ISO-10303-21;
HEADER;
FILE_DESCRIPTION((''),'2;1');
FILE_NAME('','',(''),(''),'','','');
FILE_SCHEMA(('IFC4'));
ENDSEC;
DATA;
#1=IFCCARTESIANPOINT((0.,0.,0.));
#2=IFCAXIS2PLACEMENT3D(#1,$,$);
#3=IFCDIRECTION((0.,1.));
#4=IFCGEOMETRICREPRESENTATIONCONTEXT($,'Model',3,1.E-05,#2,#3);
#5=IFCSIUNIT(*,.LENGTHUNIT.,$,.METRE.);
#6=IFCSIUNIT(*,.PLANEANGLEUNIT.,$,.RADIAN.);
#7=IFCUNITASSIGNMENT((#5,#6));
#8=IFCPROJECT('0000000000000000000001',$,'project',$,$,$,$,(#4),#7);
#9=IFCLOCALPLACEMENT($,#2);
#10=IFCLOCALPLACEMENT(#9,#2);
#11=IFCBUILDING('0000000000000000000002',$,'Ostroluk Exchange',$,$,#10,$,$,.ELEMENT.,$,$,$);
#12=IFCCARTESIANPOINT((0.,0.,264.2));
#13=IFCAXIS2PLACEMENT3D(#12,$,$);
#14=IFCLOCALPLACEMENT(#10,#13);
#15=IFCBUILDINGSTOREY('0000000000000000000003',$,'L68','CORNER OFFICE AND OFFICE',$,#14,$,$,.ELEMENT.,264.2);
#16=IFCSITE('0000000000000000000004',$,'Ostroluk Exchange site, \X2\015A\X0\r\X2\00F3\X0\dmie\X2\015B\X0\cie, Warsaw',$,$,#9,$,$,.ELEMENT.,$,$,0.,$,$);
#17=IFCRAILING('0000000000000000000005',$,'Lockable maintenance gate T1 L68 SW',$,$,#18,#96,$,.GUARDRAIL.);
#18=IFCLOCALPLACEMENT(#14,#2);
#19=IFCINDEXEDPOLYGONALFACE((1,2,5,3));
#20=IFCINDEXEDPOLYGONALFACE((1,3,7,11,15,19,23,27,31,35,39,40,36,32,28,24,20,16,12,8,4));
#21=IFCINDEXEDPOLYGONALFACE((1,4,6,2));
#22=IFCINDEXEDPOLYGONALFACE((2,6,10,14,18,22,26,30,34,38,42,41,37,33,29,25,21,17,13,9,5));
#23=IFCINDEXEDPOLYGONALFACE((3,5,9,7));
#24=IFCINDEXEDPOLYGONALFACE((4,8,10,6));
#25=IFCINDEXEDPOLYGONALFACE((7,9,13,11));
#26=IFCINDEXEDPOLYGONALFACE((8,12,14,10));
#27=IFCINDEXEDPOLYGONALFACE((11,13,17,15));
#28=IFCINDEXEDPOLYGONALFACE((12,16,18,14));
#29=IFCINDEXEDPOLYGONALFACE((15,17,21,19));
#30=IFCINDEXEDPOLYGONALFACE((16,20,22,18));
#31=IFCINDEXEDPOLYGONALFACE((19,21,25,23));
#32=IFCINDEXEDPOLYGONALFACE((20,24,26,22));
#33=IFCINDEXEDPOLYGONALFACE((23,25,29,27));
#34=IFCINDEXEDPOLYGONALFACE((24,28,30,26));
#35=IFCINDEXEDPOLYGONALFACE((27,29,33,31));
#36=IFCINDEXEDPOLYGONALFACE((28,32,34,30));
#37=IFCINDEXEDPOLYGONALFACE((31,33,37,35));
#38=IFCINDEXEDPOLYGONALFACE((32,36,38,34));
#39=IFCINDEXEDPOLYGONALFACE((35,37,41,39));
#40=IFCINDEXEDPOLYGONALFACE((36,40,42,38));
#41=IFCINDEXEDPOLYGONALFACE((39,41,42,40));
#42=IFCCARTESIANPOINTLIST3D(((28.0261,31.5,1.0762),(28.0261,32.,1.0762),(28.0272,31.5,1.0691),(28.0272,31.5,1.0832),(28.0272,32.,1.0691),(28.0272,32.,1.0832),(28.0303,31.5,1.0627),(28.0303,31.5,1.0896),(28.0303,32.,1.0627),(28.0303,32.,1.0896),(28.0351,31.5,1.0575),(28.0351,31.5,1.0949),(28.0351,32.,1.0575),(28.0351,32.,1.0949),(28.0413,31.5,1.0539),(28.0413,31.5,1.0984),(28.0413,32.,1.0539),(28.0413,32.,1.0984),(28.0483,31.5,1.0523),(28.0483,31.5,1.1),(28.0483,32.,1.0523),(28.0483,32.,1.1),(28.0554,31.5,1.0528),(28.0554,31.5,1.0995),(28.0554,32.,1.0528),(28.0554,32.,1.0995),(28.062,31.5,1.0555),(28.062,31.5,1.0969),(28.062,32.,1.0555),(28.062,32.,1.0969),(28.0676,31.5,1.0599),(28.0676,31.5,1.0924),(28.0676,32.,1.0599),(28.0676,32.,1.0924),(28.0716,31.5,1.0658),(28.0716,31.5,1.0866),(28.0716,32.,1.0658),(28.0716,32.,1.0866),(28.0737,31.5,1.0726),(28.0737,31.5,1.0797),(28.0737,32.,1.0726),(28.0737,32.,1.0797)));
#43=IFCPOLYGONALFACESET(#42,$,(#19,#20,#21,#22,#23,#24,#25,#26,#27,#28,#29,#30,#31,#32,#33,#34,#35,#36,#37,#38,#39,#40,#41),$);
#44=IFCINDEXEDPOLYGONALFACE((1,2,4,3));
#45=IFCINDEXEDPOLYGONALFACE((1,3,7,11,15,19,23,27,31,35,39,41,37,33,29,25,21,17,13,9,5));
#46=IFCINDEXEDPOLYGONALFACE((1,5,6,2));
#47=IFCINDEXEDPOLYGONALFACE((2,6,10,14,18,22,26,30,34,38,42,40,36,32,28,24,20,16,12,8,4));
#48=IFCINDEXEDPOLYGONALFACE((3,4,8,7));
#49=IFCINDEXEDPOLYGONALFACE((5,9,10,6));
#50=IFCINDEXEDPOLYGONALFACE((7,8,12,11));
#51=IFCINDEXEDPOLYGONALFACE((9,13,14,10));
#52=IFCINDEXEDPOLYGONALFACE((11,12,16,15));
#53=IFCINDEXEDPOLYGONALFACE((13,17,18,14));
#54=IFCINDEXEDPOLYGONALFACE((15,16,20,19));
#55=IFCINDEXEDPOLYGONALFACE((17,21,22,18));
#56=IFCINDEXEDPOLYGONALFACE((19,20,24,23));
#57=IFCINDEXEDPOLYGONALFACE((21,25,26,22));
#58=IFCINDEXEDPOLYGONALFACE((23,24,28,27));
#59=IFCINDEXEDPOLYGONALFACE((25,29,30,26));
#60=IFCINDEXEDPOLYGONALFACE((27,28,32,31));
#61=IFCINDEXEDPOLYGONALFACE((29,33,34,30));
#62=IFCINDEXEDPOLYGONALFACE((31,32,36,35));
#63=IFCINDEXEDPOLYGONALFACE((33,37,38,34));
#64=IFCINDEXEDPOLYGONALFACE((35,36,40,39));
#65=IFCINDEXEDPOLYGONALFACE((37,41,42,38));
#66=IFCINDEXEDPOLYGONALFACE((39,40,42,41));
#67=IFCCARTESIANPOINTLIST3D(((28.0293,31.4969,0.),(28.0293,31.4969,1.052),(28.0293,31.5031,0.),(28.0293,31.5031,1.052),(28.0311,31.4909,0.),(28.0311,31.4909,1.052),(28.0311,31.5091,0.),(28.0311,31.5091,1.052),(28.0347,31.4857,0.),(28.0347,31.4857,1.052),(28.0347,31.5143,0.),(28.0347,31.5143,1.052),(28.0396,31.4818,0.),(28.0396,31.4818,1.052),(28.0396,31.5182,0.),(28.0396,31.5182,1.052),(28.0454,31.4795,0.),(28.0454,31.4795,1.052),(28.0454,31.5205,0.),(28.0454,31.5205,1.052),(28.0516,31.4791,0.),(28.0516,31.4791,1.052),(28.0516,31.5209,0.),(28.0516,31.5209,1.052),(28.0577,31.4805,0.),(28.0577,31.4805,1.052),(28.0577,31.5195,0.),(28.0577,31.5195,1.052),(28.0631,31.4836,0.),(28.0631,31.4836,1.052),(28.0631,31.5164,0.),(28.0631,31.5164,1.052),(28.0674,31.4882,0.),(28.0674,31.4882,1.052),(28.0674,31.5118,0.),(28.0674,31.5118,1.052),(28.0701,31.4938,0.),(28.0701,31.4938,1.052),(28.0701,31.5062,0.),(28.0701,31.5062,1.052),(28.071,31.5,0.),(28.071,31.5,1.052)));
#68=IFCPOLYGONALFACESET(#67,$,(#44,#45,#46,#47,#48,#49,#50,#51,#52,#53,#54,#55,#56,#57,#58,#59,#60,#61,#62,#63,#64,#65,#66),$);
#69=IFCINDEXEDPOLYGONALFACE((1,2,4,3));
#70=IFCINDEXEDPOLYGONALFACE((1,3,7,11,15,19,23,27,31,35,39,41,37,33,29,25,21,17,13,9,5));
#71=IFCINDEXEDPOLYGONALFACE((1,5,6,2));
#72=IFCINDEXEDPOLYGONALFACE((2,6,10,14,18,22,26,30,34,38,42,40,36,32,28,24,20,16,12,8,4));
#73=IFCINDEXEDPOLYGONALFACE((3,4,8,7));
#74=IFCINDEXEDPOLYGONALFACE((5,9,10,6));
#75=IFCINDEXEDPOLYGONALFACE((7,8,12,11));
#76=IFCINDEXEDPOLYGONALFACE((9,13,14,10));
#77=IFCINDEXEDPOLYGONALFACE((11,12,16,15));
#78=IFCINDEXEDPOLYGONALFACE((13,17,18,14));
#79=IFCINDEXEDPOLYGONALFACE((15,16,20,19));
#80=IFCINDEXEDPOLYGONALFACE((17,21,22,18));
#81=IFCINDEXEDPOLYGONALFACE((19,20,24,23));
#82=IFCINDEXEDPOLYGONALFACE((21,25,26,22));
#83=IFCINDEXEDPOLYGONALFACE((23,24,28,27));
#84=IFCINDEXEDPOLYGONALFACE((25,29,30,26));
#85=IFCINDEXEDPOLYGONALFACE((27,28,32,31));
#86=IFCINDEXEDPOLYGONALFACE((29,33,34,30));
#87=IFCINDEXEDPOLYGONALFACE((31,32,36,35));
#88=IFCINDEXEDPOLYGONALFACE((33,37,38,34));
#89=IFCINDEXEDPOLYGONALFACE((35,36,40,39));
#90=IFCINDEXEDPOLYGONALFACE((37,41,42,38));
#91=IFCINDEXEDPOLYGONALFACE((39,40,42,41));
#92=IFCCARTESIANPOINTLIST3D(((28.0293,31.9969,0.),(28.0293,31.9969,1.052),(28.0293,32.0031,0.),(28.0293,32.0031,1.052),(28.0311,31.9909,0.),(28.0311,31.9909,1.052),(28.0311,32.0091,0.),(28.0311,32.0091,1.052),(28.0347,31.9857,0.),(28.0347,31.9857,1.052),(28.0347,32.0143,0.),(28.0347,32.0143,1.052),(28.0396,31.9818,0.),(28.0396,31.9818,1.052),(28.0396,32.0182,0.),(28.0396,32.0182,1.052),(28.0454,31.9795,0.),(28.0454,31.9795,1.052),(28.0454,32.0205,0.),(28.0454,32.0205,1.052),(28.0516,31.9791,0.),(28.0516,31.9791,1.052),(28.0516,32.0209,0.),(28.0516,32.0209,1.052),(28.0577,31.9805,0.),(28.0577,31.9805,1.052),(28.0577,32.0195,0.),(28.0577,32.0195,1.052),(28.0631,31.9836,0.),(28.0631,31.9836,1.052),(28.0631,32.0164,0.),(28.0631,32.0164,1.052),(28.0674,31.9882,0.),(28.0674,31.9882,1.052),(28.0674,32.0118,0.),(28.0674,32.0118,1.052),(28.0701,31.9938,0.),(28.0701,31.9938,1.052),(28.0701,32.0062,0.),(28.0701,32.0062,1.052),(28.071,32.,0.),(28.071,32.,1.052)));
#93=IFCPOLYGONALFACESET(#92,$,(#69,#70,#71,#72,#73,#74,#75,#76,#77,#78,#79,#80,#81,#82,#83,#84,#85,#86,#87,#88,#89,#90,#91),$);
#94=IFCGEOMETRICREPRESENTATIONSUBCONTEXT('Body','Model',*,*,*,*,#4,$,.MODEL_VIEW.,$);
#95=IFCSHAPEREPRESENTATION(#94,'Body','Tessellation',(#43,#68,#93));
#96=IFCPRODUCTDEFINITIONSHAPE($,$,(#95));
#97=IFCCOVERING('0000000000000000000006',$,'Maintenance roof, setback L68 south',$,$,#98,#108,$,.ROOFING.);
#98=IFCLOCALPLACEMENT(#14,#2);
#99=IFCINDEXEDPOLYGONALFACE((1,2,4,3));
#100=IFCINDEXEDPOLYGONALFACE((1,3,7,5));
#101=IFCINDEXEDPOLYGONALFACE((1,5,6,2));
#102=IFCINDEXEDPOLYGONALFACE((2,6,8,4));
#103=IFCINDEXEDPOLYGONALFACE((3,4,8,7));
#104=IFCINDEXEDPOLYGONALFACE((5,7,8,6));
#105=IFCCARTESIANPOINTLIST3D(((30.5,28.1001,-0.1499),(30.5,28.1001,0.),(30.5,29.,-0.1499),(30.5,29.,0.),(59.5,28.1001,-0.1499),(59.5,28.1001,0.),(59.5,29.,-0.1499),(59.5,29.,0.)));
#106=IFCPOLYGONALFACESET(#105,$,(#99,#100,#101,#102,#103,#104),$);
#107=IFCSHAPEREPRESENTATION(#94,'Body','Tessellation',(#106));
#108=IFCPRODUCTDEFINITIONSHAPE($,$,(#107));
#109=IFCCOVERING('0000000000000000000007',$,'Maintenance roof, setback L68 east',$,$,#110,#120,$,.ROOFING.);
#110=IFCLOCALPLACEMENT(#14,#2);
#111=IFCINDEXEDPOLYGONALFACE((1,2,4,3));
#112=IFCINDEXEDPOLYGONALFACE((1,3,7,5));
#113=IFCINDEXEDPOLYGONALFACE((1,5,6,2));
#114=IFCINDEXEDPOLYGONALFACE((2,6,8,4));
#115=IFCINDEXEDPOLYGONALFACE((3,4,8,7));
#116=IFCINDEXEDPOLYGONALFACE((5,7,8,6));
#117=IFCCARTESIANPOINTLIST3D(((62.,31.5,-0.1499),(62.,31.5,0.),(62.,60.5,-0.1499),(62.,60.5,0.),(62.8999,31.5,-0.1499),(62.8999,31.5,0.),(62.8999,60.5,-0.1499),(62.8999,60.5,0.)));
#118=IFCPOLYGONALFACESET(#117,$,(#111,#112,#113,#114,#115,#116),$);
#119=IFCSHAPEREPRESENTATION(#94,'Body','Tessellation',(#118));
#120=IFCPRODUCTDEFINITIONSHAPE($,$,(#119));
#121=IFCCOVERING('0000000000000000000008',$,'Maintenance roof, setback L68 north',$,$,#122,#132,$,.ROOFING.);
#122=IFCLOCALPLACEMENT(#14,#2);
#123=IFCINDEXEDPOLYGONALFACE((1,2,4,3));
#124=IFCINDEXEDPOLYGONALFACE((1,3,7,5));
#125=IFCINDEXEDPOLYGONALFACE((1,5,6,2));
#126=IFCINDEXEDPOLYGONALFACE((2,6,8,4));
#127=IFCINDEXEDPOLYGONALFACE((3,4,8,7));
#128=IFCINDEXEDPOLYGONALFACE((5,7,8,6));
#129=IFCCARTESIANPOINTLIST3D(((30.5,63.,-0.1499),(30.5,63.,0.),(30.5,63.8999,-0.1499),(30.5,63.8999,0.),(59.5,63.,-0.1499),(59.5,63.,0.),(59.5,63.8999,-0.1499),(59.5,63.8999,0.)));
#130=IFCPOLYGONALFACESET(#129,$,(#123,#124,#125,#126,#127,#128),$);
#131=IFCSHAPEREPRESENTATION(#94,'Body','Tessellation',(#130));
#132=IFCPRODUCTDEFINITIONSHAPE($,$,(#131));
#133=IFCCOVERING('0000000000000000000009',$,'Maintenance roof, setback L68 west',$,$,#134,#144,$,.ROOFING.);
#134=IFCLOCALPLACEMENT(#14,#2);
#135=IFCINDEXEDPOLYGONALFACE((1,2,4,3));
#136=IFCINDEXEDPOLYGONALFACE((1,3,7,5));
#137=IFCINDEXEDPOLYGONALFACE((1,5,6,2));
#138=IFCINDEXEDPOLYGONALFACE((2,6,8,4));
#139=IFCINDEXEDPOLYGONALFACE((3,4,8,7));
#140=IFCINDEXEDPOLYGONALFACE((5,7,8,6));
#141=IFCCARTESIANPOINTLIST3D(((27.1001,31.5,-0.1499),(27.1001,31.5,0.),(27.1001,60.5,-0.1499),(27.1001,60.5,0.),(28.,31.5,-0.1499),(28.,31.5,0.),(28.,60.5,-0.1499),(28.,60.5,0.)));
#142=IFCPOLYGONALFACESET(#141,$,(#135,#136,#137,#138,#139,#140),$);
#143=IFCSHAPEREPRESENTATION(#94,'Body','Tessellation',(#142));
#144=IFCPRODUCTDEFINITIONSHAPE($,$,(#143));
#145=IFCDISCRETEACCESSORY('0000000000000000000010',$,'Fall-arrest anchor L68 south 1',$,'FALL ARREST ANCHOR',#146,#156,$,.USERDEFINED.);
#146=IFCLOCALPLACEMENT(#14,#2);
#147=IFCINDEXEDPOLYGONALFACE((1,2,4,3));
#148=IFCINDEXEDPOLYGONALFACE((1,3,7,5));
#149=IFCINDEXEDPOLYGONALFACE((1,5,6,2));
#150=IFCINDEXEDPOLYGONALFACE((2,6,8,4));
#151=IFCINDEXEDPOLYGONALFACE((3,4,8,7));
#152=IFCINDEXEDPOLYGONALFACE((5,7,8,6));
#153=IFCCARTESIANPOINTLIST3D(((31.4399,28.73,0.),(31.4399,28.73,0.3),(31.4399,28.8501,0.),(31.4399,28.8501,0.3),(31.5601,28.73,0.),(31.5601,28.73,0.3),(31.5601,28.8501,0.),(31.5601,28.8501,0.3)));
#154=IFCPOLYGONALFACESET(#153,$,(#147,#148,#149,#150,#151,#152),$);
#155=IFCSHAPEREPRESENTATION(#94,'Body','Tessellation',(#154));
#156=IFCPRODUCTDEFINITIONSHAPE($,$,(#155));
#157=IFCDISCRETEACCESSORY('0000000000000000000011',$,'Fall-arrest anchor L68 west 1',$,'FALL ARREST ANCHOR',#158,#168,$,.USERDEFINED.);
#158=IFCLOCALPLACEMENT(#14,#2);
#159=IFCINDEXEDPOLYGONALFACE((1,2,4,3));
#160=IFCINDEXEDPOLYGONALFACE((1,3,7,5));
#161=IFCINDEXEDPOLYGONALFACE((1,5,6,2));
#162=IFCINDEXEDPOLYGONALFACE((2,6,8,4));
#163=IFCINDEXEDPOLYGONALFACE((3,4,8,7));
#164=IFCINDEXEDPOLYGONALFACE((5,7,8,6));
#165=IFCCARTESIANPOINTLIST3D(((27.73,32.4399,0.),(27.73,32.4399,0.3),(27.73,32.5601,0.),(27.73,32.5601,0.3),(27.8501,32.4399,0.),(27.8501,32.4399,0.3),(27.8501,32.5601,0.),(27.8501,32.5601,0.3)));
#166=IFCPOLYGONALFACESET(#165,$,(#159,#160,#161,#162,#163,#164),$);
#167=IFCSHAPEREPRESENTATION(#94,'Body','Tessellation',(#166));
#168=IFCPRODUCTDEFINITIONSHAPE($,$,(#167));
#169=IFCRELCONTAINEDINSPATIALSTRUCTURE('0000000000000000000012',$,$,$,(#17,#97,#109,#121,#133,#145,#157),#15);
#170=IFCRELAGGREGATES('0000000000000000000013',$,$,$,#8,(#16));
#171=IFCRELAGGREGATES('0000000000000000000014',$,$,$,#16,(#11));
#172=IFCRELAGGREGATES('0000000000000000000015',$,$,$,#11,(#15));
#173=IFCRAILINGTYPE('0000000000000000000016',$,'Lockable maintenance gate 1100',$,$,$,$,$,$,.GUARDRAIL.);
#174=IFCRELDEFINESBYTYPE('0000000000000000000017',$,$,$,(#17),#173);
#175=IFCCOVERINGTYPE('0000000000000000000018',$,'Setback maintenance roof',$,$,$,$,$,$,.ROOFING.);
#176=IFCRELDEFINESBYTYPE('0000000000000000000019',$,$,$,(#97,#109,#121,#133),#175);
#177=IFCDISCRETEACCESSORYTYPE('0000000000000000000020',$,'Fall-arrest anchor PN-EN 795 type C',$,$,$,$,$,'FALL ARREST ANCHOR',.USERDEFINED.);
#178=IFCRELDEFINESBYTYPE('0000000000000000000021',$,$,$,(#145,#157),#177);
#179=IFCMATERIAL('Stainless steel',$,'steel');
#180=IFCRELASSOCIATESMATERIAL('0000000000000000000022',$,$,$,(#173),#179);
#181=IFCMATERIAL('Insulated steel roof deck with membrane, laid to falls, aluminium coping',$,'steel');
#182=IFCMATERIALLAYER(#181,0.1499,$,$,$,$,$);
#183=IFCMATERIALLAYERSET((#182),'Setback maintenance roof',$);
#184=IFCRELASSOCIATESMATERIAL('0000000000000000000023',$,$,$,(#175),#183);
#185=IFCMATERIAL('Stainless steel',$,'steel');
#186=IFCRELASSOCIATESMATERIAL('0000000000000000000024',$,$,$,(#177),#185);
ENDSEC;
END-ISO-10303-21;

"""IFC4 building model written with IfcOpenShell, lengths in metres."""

from ifc_helpers import new_model, si_unit, direction, frame, origin, origin_2d, place, context, subcontext, project, spatial, polyline, rectangle, circle, outline, extrude, material, layer, layer_set, type_object, element, save


model = new_model("IFC4")

# Units and contexts
model_context = context("Model", 3, precision=1e-05, world=origin(), true_north=direction((0.0, 1.0)))
body_context = subcontext(model_context, "Body", "Model", "MODEL_VIEW")
ifc_project = project(units=[si_unit("LENGTHUNIT", "METRE"), si_unit("PLANEANGLEUNIT", "RADIAN")], contexts=[model_context])

# Site, building, storey
site_placement = place(None, origin())
site = spatial("IfcSite", under=ifc_project, at=site_placement, Name="Ostroluk Exchange site, Śródmieście, Warsaw", CompositionType="ELEMENT", RefElevation=0.0)
building_placement = place(site_placement, origin())
building = spatial("IfcBuilding", under=site, at=building_placement, Name="Ostroluk Exchange", CompositionType="ELEMENT")
storey_placement = place(building_placement, frame((0.0, 0.0, 264.2)))
storey = spatial("IfcBuildingStorey", under=building, at=storey_placement, Name="L68", Description="CORNER OFFICE AND OFFICE", CompositionType="ELEMENT", Elevation=264.2)

# Railing
ifc_material_1 = material(Name="Stainless steel", Category="steel")
railing_type_1 = type_object("IfcRailingType", Name="Lockable maintenance gate 1100", PredefinedType="GUARDRAIL", material=ifc_material_1)
railing_1_placement = place(storey_placement, frame((28.05, 31.5, 0.0)))
element("IfcRailing", 1, at=railing_1_placement, inside=storey, type_object=railing_type_1, Name="Lockable maintenance gate T1 L68 SW", PredefinedType="GUARDRAIL", context=body_context, shape_type="SweptSolid", body=[
    extrude(circle(Radius=0.0239, at=origin_2d()), frame((0.0, 0.0, 1.0762), z_axis=(0.0, 1.0, 0.0), x_axis=(-1.0, 0.0, 0.0)), (0.0, 0.0, 1.0), 0.5),
    extrude(circle(Radius=0.021, at=origin_2d()), origin(), (0.0, 0.0, 1.0), 1.052),
    extrude(circle(Radius=0.021, at=origin_2d()), frame((0.0, 0.5, 0.0)), (0.0, 0.0, 1.0), 1.052),
])

# Coverings
ifc_material_2 = material(Name="Insulated steel roof deck with membrane, laid to falls, aluminium coping", Category="steel")
ifc_layer_1 = layer(ifc_material_2, 0.1499)
ifc_layer_set_1 = layer_set([ifc_layer_1], Name="Setback maintenance roof")
covering_type = type_object("IfcCoveringType", Name="Setback maintenance roof", PredefinedType="ROOFING", material=ifc_layer_set_1)
covering_1_placement = place(storey_placement, frame((0.0, 0.0, -0.1499)))
element("IfcCovering", 2, at=covering_1_placement, inside=storey, type_object=covering_type, Name="Maintenance roof, setback L68 south", PredefinedType="ROOFING", context=body_context, shape_type="SweptSolid", body=[
    extrude(outline(polyline([(30.5, 29.0), (59.5, 29.0), (59.5, 28.1001), (30.5, 28.1001), (30.5, 29.0)])), origin(), (0.0, 0.0, 1.0), 0.1499),
])
covering_2_placement = place(storey_placement, frame((0.0, 0.0, -0.1499)))
element("IfcCovering", 3, at=covering_2_placement, inside=storey, type_object=covering_type, Name="Maintenance roof, setback L68 east", PredefinedType="ROOFING", context=body_context, shape_type="SweptSolid", body=[
    extrude(outline(polyline([(62.0, 60.5), (62.8999, 60.5), (62.8999, 31.5), (62.0, 31.5), (62.0, 60.5)])), origin(), (0.0, 0.0, 1.0), 0.1499),
])
covering_3_placement = place(storey_placement, frame((0.0, 0.0, -0.1499)))
element("IfcCovering", 4, at=covering_3_placement, inside=storey, type_object=covering_type, Name="Maintenance roof, setback L68 north", PredefinedType="ROOFING", context=body_context, shape_type="SweptSolid", body=[
    extrude(outline(polyline([(30.5, 63.8999), (59.5, 63.8999), (59.5, 63.0), (30.5, 63.0), (30.5, 63.8999)])), origin(), (0.0, 0.0, 1.0), 0.1499),
])
covering_4_placement = place(storey_placement, frame((0.0, 0.0, -0.1499)))
element("IfcCovering", 5, at=covering_4_placement, inside=storey, type_object=covering_type, Name="Maintenance roof, setback L68 west", PredefinedType="ROOFING", context=body_context, shape_type="SweptSolid", body=[
    extrude(outline(polyline([(27.1001, 60.5), (28.0, 60.5), (28.0, 31.5), (27.1001, 31.5), (27.1001, 60.5)])), origin(), (0.0, 0.0, 1.0), 0.1499),
])

# Discrete accessories
ifc_material_3 = material(Name="Stainless steel", Category="steel")
discrete_accessory_type = type_object("IfcDiscreteAccessoryType", Name="Fall-arrest anchor PN-EN 795 type C", ElementType="FALL ARREST ANCHOR", PredefinedType="USERDEFINED", material=ifc_material_3)
for number, where, z_axis, x_axis, name in (
    (6, (31.5, 28.79, 0.0), (0.0, 0.0, 1.0), (1.0, 0.0, 0.0), "Fall-arrest anchor L68 south 1"),
    (7, (27.79, 32.5, 0.0), (0.0, 0.0, 1.0), (1.0, 0.0, 0.0), "Fall-arrest anchor L68 west 1"),
):
    element("IfcDiscreteAccessory", number, at=place(storey_placement, frame(where, z_axis=z_axis, x_axis=x_axis)), inside=storey, type_object=discrete_accessory_type, Name=name, ObjectType="FALL ARREST ANCHOR", PredefinedType="USERDEFINED", context=body_context, shape_type="SweptSolid", body=[
        extrude(rectangle(XDim=0.1201, YDim=0.1201, at=origin_2d()), origin(), (0.0, 0.0, 1.0), 0.3),
    ])

save(model, "model.ifc")
